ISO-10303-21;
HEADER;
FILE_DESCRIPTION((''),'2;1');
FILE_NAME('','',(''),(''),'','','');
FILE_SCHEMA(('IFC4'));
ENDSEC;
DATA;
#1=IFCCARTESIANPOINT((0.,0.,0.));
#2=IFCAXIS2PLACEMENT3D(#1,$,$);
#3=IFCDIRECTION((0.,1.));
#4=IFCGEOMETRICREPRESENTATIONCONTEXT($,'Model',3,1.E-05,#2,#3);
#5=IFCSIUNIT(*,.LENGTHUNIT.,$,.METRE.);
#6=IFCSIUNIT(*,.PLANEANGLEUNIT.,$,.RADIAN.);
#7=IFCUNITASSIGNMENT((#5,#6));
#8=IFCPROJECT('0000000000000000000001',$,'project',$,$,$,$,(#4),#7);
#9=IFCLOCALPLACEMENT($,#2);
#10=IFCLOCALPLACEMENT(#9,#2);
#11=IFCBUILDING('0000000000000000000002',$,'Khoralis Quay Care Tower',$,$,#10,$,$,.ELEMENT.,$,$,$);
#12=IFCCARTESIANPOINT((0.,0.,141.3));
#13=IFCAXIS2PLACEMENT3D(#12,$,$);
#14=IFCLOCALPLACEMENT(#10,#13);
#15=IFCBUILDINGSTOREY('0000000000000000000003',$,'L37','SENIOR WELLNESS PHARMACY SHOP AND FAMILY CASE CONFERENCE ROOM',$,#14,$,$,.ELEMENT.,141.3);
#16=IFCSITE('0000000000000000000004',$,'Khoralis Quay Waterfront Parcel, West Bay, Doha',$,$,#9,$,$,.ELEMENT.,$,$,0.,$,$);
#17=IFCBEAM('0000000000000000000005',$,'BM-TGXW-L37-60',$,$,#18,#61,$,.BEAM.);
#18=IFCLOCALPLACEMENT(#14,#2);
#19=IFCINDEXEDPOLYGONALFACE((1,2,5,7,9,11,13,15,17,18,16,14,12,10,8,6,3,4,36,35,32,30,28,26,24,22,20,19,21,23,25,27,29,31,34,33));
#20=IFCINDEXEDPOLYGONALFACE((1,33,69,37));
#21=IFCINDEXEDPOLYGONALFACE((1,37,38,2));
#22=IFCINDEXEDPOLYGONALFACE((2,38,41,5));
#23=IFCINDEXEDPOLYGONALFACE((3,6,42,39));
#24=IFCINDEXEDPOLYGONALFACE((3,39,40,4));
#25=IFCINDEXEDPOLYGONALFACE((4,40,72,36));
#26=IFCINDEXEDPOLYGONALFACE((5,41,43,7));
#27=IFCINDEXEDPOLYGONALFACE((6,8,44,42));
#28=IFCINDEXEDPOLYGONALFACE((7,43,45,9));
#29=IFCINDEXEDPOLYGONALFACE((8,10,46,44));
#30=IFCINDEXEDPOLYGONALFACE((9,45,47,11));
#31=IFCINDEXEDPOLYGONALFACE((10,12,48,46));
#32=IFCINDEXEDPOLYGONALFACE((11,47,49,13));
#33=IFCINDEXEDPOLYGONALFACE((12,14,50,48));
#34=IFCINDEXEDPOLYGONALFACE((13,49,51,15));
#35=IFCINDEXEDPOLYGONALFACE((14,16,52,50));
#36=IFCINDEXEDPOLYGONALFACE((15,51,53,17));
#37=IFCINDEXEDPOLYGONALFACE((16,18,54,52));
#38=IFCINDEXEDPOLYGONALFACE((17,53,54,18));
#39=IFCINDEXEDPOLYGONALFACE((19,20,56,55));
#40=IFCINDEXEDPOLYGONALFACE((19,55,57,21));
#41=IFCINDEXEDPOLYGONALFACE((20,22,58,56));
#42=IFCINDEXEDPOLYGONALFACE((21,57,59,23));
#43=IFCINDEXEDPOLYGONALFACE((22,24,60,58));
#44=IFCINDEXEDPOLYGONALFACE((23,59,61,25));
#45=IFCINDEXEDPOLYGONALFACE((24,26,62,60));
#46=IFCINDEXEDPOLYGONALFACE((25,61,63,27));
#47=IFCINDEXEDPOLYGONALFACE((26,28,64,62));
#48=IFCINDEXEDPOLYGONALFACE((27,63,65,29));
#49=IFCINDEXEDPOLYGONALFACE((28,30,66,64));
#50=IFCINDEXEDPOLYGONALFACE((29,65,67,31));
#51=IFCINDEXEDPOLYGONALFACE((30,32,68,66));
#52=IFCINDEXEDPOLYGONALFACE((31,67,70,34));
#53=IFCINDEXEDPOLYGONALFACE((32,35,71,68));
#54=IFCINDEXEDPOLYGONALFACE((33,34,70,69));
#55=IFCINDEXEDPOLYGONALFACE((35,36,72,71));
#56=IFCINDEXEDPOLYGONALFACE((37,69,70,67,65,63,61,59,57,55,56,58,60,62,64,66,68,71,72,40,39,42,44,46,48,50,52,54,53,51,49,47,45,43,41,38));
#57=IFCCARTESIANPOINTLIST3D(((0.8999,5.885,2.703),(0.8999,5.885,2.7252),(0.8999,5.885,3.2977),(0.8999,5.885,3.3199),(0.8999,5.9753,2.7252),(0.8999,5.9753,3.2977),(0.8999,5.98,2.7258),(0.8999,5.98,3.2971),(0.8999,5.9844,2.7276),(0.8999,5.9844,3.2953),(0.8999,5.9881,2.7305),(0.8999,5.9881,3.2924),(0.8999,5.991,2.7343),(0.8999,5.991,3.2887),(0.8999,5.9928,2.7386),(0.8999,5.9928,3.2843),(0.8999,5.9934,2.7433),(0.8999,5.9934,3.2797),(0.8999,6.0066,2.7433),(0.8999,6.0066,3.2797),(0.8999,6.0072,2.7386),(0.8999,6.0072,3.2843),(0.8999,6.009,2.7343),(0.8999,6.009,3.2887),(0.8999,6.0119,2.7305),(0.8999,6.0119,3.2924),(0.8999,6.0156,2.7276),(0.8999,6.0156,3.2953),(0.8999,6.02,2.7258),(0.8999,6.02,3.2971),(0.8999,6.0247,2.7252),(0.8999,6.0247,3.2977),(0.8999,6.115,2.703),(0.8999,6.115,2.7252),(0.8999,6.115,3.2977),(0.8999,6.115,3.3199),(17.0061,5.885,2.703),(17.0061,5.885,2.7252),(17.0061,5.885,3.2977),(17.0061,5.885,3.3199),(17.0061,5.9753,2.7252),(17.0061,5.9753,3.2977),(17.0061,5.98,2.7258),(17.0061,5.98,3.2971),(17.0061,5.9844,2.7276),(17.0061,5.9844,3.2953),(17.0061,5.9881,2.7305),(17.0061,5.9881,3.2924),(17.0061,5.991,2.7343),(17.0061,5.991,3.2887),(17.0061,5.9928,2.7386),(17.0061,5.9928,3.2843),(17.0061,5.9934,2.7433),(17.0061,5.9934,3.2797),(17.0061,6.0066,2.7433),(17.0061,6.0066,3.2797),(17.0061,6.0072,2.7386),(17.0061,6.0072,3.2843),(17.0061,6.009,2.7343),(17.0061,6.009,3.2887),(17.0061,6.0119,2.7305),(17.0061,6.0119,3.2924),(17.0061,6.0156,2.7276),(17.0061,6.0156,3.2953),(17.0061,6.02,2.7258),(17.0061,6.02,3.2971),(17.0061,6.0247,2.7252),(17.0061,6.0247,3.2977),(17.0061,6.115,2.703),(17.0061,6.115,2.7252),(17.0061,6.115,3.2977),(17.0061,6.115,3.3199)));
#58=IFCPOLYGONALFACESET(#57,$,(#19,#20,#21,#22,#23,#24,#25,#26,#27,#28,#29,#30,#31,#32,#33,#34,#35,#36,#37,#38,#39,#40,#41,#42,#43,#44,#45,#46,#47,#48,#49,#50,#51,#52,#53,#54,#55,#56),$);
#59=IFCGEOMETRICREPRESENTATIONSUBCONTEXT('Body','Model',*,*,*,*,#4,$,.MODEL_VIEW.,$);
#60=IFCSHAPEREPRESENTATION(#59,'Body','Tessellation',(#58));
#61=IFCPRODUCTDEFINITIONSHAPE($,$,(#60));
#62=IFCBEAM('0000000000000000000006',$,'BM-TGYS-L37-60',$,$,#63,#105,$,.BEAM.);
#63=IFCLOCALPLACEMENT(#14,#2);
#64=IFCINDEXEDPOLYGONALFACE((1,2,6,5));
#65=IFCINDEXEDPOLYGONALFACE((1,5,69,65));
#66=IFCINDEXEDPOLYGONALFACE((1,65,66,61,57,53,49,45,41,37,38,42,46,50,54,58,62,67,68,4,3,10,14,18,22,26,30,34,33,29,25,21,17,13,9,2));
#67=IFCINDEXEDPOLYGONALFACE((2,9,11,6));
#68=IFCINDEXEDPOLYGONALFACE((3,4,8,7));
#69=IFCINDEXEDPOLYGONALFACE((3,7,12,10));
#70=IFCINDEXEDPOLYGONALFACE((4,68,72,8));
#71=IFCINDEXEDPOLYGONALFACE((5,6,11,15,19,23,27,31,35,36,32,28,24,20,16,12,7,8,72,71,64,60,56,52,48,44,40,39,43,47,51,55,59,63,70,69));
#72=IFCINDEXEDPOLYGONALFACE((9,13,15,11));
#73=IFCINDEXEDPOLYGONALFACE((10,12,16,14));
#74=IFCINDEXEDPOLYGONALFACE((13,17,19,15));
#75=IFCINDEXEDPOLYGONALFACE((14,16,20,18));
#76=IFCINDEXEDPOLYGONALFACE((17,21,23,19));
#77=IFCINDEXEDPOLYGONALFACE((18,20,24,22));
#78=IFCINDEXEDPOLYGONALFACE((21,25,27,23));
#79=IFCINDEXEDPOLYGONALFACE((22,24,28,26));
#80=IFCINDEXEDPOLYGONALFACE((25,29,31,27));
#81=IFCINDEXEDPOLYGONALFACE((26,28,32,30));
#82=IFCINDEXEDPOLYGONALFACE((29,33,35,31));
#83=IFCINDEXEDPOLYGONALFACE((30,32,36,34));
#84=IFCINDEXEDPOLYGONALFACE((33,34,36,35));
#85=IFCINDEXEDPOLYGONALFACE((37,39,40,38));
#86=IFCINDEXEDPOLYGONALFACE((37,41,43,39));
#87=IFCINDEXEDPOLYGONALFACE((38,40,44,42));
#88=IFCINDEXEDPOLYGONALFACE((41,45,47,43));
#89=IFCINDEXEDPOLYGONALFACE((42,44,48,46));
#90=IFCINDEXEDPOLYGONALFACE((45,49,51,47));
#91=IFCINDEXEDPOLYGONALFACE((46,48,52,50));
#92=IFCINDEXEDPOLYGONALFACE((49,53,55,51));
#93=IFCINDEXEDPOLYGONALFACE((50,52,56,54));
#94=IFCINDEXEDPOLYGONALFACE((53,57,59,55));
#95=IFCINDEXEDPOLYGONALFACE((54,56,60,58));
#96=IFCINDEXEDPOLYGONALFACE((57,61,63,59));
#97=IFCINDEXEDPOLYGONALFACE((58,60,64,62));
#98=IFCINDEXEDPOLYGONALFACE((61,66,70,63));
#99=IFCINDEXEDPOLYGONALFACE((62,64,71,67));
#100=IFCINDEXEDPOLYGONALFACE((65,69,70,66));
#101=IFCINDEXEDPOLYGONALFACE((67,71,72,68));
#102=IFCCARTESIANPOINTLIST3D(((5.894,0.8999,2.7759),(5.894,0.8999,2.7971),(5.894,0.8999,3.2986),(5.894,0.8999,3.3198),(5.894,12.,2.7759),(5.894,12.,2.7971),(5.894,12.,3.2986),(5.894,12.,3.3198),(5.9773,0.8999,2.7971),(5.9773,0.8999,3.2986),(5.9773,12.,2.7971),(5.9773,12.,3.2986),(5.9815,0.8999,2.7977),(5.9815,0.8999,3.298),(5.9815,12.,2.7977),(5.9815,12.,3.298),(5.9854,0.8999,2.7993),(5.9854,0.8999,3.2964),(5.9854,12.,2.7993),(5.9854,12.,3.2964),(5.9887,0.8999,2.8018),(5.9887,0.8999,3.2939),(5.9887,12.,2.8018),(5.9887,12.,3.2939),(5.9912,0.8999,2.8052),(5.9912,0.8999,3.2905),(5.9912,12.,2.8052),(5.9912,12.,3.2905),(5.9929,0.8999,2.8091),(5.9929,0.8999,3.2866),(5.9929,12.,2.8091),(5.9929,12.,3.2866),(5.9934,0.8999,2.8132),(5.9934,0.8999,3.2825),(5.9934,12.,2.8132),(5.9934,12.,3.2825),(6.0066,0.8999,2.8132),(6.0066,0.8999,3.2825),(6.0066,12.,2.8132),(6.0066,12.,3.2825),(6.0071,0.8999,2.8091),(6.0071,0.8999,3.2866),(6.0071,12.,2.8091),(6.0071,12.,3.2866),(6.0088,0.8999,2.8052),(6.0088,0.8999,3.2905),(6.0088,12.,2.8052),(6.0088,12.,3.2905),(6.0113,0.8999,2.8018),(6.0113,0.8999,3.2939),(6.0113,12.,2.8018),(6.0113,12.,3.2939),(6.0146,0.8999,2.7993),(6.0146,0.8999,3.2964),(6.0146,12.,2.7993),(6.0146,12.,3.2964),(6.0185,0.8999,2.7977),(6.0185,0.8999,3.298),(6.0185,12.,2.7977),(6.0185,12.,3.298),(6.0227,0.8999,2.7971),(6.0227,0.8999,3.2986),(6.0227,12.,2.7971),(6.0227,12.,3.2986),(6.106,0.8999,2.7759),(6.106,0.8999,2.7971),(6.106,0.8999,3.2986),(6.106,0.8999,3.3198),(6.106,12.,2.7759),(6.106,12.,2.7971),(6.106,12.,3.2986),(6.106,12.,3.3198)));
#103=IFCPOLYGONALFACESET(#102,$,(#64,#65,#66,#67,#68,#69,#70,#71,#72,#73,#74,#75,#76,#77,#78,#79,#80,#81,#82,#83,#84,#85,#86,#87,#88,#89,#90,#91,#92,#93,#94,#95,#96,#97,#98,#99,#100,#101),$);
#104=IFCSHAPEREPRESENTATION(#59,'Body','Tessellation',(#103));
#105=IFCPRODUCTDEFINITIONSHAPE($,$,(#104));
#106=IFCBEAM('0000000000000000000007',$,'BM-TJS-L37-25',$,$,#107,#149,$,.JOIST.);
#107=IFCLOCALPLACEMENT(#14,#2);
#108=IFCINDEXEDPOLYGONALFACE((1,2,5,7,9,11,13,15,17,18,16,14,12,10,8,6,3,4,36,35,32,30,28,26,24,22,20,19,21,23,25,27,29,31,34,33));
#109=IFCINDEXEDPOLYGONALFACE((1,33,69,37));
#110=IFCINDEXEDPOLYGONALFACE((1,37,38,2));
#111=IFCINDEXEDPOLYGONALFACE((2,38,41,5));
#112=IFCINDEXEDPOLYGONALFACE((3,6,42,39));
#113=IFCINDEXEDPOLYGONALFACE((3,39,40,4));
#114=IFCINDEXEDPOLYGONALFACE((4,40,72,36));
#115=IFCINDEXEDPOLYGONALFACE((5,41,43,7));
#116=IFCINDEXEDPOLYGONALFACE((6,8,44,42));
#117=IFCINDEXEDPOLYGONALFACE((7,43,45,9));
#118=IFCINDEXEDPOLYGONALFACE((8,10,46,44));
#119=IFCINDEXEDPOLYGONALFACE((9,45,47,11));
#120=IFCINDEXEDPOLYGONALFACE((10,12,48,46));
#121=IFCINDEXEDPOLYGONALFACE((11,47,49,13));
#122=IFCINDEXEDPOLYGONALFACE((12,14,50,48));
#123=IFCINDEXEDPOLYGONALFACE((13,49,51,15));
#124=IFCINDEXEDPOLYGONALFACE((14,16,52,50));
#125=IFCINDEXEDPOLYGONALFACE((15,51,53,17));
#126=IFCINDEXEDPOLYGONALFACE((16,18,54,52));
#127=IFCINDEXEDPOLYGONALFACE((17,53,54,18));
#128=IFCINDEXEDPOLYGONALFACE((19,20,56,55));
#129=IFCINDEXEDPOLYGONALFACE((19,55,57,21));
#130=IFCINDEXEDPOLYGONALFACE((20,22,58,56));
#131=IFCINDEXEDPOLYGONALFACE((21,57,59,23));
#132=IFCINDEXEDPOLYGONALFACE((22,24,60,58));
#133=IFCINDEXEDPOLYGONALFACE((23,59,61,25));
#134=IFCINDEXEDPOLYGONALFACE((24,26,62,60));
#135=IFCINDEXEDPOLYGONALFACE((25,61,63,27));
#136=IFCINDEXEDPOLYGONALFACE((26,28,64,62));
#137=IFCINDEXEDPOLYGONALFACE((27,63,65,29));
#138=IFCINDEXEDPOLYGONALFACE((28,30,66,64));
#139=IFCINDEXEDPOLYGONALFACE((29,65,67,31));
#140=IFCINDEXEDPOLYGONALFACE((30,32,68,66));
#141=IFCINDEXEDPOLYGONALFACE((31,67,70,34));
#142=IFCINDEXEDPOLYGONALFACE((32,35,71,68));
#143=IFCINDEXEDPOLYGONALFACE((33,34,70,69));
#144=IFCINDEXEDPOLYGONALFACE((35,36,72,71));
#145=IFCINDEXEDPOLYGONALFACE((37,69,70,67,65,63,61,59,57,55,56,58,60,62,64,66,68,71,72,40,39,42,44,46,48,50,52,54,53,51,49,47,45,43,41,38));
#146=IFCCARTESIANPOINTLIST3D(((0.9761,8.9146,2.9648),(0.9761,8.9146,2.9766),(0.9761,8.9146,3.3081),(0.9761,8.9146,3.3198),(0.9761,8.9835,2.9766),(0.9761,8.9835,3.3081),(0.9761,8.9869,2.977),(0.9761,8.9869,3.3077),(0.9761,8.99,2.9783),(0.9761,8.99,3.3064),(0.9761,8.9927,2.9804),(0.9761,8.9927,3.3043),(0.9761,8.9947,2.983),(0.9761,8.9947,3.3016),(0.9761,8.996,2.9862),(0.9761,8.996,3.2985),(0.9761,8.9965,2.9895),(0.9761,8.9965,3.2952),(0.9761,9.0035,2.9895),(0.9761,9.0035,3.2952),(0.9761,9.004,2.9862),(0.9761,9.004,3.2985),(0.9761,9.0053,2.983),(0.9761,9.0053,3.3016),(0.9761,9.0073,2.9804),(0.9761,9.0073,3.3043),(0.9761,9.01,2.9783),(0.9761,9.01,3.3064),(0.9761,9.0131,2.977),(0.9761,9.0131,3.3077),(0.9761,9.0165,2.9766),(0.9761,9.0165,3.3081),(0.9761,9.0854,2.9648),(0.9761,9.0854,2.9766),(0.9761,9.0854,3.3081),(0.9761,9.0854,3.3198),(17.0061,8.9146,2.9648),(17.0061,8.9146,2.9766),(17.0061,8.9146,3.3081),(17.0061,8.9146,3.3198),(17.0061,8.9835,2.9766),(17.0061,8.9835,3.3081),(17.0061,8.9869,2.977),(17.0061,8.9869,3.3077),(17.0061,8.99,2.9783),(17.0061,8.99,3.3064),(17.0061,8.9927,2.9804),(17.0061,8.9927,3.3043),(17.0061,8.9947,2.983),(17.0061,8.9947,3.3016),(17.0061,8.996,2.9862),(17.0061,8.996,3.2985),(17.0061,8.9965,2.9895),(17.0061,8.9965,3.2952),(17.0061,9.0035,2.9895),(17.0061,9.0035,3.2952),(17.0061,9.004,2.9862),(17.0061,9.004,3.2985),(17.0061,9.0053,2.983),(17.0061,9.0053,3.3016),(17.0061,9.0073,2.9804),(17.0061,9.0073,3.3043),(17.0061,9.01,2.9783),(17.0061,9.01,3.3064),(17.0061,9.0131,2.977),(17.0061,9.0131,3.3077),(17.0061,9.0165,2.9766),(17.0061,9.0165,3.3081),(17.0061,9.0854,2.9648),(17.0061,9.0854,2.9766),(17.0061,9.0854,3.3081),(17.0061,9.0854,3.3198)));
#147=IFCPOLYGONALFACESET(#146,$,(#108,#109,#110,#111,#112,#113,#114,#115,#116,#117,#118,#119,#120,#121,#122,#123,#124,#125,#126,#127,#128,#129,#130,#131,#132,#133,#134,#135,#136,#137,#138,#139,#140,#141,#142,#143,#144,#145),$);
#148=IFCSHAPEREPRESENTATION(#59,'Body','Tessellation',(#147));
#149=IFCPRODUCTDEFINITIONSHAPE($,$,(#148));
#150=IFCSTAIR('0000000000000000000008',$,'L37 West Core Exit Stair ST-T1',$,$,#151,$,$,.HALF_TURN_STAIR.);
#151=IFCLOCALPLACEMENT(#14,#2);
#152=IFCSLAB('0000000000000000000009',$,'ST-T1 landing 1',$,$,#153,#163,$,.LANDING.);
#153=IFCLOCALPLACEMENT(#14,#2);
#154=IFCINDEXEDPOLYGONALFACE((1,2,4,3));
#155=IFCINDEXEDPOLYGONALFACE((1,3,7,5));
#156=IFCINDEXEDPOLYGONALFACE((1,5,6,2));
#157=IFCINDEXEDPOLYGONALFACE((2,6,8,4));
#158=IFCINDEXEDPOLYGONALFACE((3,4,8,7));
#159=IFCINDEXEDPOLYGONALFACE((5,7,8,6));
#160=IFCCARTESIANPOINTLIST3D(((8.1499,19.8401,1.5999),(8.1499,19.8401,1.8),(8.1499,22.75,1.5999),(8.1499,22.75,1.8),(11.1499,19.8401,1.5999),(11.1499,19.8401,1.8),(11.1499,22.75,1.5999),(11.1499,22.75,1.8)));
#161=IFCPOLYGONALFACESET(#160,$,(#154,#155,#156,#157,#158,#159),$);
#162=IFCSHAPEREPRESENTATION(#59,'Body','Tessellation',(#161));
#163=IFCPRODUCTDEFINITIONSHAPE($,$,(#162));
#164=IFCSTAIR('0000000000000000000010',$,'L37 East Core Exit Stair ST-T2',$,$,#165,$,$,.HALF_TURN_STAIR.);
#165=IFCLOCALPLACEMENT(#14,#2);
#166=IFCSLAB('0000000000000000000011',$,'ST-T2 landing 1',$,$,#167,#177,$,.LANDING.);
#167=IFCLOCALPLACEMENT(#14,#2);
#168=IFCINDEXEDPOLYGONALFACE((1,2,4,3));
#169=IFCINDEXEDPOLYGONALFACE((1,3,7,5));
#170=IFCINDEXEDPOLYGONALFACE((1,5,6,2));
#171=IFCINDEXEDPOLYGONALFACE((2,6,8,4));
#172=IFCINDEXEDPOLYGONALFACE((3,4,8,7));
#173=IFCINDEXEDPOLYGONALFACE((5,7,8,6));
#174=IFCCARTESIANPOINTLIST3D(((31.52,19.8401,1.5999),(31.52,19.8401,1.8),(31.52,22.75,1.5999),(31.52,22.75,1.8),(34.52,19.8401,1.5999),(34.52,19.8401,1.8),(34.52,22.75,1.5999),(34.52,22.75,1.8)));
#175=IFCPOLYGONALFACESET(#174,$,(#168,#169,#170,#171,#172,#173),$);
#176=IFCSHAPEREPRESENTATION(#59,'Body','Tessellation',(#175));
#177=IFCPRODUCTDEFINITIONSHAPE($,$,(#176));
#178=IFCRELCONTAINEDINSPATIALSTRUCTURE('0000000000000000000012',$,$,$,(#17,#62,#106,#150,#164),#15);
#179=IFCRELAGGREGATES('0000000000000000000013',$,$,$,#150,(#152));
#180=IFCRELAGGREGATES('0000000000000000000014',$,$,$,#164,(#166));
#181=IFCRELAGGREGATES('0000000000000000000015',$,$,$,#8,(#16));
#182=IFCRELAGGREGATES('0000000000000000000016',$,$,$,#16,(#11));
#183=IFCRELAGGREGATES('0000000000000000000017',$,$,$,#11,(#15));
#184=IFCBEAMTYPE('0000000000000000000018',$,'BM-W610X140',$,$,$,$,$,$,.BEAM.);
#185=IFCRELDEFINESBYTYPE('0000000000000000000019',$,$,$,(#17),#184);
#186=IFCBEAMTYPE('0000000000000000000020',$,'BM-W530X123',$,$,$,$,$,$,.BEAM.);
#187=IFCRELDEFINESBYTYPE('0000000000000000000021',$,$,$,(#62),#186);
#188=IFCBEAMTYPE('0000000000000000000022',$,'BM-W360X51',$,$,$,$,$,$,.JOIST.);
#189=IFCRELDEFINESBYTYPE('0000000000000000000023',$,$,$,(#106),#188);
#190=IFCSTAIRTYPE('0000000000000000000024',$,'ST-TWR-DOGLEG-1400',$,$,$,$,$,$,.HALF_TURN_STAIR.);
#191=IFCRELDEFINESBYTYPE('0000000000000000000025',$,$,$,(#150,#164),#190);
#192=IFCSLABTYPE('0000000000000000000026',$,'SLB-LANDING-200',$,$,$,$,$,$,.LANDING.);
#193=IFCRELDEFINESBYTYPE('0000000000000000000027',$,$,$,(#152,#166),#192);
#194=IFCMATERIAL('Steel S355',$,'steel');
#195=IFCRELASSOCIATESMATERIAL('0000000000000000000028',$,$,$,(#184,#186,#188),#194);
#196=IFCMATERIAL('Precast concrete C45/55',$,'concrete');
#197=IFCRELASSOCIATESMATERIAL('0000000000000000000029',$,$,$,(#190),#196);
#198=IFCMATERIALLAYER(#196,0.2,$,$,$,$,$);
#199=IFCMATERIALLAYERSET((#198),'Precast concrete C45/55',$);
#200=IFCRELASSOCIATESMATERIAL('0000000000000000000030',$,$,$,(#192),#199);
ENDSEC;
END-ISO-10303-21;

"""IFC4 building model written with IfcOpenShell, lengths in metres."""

from ifc_helpers import new_model, si_unit, direction, frame, origin, origin_2d, place, context, subcontext, project, spatial, polyline, i_section, outline, extrude, source, transform, mapped, material, layer, layer_set, material_profile, profile_set, type_object, element, aggregate, save


model = new_model("IFC4")

# Units and contexts
model_context = context("Model", 3, precision=1e-05, world=origin(), true_north=direction((0.0, 1.0)))
body_context = subcontext(model_context, "Body", "Model", "MODEL_VIEW")
ifc_project = project(units=[si_unit("LENGTHUNIT", "METRE"), si_unit("PLANEANGLEUNIT", "RADIAN")], contexts=[model_context])

# Site, building, storey
site_placement = place(None, origin())
site = spatial("IfcSite", under=ifc_project, at=site_placement, Name="Khoralis Quay Waterfront Parcel, West Bay, Doha", CompositionType="ELEMENT", RefElevation=0.0)
building_placement = place(site_placement, origin())
building = spatial("IfcBuilding", under=site, at=building_placement, Name="Khoralis Quay Care Tower", CompositionType="ELEMENT")
storey_placement = place(building_placement, frame((0.0, 0.0, 141.3)))
storey = spatial("IfcBuildingStorey", under=building, at=storey_placement, Name="L37", Description="SENIOR WELLNESS PHARMACY SHOP AND FAMILY CASE CONFERENCE ROOM", CompositionType="ELEMENT", Elevation=141.3)

# Beams
ifc_material_1 = material(Name="Steel S355", Category="steel")
ifc_material_profile_1 = material_profile(ifc_material_1, i_section(OverallWidth=0.23, OverallDepth=0.6169, WebThickness=0.0132, FlangeThickness=0.0222, FilletRadius=0.0181, at=origin_2d()), Name="Steel S355")
ifc_profile_set_1 = profile_set([ifc_material_profile_1], Name="Steel S355")
beam_type_1 = type_object("IfcBeamType", Name="BM-W610X140", PredefinedType="BEAM", material=ifc_profile_set_1)
shared_shape_1 = source(origin(), body_context, "Body", "SweptSolid", [
    extrude(i_section(OverallWidth=0.23, OverallDepth=0.6169, WebThickness=0.0132, FlangeThickness=0.0222, FilletRadius=0.0181, at=origin_2d()), origin(), (0.0, 0.0, 1.0), 16.1062),
])
beam_1_placement = place(storey_placement, frame((0.8999, 6.0, 3.0115), z_axis=(1.0, 0.0, 0.0), x_axis=(0.0, 1.0, 0.0)))
element("IfcBeam", 1, at=beam_1_placement, inside=storey, type_object=beam_type_1, Name="BM-TGXW-L37-60", PredefinedType="BEAM", context=body_context, shape_type="MappedRepresentation", body=[
    mapped(shared_shape_1, transform((0.0, 0.0, 0.0), scale=1.0)),
])
ifc_material_profile_2 = material_profile(ifc_material_1, i_section(OverallWidth=0.2119, OverallDepth=0.5439, WebThickness=0.0132, FlangeThickness=0.0212, FilletRadius=0.0161, at=origin_2d()), Name="Steel S355")
ifc_profile_set_2 = profile_set([ifc_material_profile_2], Name="Steel S355")
beam_type_2 = type_object("IfcBeamType", Name="BM-W530X123", PredefinedType="BEAM", material=ifc_profile_set_2)
shared_shape_2 = source(origin(), body_context, "Body", "SweptSolid", [
    extrude(i_section(OverallWidth=0.2119, OverallDepth=0.5439, WebThickness=0.0132, FlangeThickness=0.0212, FilletRadius=0.0161, at=origin_2d()), origin(), (0.0, 0.0, 1.0), 11.1001),
])
beam_2_placement = place(storey_placement, frame((6.0, 0.8999, 3.0479), z_axis=(0.0, 1.0, 0.0), x_axis=(-1.0, 0.0, 0.0)))
element("IfcBeam", 2, at=beam_2_placement, inside=storey, type_object=beam_type_2, Name="BM-TGYS-L37-60", PredefinedType="BEAM", context=body_context, shape_type="MappedRepresentation", body=[
    mapped(shared_shape_2, transform((0.0, 0.0, 0.0), scale=1.0)),
])
ifc_material_profile_3 = material_profile(ifc_material_1, i_section(OverallWidth=0.1709, OverallDepth=0.355, WebThickness=0.0071, FlangeThickness=0.0117, FilletRadius=0.0129, at=origin_2d()), Name="Steel S355")
ifc_profile_set_3 = profile_set([ifc_material_profile_3], Name="Steel S355")
beam_type_3 = type_object("IfcBeamType", Name="BM-W360X51", PredefinedType="JOIST", material=ifc_profile_set_3)
shared_shape_3 = source(origin(), body_context, "Body", "SweptSolid", [
    extrude(i_section(OverallWidth=0.1709, OverallDepth=0.355, WebThickness=0.0071, FlangeThickness=0.0117, FilletRadius=0.0129, at=origin_2d()), origin(), (0.0, 0.0, 1.0), 16.03),
])
beam_3_placement = place(storey_placement, frame((0.9761, 9.0, 3.1423), z_axis=(1.0, 0.0, 0.0), x_axis=(0.0, 1.0, 0.0)))
element("IfcBeam", 3, at=beam_3_placement, inside=storey, type_object=beam_type_3, Name="BM-TJS-L37-25", PredefinedType="JOIST", context=body_context, shape_type="MappedRepresentation", body=[
    mapped(shared_shape_3, transform((0.0, 0.0, 0.0), scale=1.0)),
])

# Stairs, slabs
ifc_material_2 = material(Name="Precast concrete C45/55", Category="concrete")
stair_type = type_object("IfcStairType", Name="ST-TWR-DOGLEG-1400", PredefinedType="HALF_TURN_STAIR", material=ifc_material_2)
stair_1_placement = place(storey_placement, origin())
stair_1 = element("IfcStair", 4, at=stair_1_placement, inside=storey, type_object=stair_type, Name="L37 West Core Exit Stair ST-T1", PredefinedType="HALF_TURN_STAIR")
ifc_layer_1 = layer(ifc_material_2, 0.2)
ifc_layer_set_1 = layer_set([ifc_layer_1], Name="Precast concrete C45/55")
slab_type_1 = type_object("IfcSlabType", Name="SLB-LANDING-200", PredefinedType="LANDING", material=ifc_layer_set_1)
slab_1_placement = place(storey_placement, frame((0.0, 0.0, 1.5999)))
slab_1 = element("IfcSlab", 5, at=slab_1_placement, type_object=slab_type_1, Name="ST-T1 landing 1", PredefinedType="LANDING", context=body_context, shape_type="SweptSolid", body=[
    extrude(outline(polyline([(11.1499, 19.8401), (11.1499, 22.75), (8.1499, 22.75), (8.1499, 19.8401), (11.1499, 19.8401)])), origin(), (0.0, 0.0, 1.0), 0.2002),
])
aggregate(stair_1, [slab_1])
stair_2_placement = place(storey_placement, origin())
stair_2 = element("IfcStair", 6, at=stair_2_placement, inside=storey, type_object=stair_type, Name="L37 East Core Exit Stair ST-T2", PredefinedType="HALF_TURN_STAIR")
slab_2_placement = place(storey_placement, frame((0.0, 0.0, 1.5999)))
slab_2 = element("IfcSlab", 7, at=slab_2_placement, type_object=slab_type_1, Name="ST-T2 landing 1", PredefinedType="LANDING", context=body_context, shape_type="SweptSolid", body=[
    extrude(outline(polyline([(34.52, 19.8401), (34.52, 22.75), (31.52, 22.75), (31.52, 19.8401), (34.52, 19.8401)])), origin(), (0.0, 0.0, 1.0), 0.2002),
])
aggregate(stair_2, [slab_2])

save(model, "model.ifc")
